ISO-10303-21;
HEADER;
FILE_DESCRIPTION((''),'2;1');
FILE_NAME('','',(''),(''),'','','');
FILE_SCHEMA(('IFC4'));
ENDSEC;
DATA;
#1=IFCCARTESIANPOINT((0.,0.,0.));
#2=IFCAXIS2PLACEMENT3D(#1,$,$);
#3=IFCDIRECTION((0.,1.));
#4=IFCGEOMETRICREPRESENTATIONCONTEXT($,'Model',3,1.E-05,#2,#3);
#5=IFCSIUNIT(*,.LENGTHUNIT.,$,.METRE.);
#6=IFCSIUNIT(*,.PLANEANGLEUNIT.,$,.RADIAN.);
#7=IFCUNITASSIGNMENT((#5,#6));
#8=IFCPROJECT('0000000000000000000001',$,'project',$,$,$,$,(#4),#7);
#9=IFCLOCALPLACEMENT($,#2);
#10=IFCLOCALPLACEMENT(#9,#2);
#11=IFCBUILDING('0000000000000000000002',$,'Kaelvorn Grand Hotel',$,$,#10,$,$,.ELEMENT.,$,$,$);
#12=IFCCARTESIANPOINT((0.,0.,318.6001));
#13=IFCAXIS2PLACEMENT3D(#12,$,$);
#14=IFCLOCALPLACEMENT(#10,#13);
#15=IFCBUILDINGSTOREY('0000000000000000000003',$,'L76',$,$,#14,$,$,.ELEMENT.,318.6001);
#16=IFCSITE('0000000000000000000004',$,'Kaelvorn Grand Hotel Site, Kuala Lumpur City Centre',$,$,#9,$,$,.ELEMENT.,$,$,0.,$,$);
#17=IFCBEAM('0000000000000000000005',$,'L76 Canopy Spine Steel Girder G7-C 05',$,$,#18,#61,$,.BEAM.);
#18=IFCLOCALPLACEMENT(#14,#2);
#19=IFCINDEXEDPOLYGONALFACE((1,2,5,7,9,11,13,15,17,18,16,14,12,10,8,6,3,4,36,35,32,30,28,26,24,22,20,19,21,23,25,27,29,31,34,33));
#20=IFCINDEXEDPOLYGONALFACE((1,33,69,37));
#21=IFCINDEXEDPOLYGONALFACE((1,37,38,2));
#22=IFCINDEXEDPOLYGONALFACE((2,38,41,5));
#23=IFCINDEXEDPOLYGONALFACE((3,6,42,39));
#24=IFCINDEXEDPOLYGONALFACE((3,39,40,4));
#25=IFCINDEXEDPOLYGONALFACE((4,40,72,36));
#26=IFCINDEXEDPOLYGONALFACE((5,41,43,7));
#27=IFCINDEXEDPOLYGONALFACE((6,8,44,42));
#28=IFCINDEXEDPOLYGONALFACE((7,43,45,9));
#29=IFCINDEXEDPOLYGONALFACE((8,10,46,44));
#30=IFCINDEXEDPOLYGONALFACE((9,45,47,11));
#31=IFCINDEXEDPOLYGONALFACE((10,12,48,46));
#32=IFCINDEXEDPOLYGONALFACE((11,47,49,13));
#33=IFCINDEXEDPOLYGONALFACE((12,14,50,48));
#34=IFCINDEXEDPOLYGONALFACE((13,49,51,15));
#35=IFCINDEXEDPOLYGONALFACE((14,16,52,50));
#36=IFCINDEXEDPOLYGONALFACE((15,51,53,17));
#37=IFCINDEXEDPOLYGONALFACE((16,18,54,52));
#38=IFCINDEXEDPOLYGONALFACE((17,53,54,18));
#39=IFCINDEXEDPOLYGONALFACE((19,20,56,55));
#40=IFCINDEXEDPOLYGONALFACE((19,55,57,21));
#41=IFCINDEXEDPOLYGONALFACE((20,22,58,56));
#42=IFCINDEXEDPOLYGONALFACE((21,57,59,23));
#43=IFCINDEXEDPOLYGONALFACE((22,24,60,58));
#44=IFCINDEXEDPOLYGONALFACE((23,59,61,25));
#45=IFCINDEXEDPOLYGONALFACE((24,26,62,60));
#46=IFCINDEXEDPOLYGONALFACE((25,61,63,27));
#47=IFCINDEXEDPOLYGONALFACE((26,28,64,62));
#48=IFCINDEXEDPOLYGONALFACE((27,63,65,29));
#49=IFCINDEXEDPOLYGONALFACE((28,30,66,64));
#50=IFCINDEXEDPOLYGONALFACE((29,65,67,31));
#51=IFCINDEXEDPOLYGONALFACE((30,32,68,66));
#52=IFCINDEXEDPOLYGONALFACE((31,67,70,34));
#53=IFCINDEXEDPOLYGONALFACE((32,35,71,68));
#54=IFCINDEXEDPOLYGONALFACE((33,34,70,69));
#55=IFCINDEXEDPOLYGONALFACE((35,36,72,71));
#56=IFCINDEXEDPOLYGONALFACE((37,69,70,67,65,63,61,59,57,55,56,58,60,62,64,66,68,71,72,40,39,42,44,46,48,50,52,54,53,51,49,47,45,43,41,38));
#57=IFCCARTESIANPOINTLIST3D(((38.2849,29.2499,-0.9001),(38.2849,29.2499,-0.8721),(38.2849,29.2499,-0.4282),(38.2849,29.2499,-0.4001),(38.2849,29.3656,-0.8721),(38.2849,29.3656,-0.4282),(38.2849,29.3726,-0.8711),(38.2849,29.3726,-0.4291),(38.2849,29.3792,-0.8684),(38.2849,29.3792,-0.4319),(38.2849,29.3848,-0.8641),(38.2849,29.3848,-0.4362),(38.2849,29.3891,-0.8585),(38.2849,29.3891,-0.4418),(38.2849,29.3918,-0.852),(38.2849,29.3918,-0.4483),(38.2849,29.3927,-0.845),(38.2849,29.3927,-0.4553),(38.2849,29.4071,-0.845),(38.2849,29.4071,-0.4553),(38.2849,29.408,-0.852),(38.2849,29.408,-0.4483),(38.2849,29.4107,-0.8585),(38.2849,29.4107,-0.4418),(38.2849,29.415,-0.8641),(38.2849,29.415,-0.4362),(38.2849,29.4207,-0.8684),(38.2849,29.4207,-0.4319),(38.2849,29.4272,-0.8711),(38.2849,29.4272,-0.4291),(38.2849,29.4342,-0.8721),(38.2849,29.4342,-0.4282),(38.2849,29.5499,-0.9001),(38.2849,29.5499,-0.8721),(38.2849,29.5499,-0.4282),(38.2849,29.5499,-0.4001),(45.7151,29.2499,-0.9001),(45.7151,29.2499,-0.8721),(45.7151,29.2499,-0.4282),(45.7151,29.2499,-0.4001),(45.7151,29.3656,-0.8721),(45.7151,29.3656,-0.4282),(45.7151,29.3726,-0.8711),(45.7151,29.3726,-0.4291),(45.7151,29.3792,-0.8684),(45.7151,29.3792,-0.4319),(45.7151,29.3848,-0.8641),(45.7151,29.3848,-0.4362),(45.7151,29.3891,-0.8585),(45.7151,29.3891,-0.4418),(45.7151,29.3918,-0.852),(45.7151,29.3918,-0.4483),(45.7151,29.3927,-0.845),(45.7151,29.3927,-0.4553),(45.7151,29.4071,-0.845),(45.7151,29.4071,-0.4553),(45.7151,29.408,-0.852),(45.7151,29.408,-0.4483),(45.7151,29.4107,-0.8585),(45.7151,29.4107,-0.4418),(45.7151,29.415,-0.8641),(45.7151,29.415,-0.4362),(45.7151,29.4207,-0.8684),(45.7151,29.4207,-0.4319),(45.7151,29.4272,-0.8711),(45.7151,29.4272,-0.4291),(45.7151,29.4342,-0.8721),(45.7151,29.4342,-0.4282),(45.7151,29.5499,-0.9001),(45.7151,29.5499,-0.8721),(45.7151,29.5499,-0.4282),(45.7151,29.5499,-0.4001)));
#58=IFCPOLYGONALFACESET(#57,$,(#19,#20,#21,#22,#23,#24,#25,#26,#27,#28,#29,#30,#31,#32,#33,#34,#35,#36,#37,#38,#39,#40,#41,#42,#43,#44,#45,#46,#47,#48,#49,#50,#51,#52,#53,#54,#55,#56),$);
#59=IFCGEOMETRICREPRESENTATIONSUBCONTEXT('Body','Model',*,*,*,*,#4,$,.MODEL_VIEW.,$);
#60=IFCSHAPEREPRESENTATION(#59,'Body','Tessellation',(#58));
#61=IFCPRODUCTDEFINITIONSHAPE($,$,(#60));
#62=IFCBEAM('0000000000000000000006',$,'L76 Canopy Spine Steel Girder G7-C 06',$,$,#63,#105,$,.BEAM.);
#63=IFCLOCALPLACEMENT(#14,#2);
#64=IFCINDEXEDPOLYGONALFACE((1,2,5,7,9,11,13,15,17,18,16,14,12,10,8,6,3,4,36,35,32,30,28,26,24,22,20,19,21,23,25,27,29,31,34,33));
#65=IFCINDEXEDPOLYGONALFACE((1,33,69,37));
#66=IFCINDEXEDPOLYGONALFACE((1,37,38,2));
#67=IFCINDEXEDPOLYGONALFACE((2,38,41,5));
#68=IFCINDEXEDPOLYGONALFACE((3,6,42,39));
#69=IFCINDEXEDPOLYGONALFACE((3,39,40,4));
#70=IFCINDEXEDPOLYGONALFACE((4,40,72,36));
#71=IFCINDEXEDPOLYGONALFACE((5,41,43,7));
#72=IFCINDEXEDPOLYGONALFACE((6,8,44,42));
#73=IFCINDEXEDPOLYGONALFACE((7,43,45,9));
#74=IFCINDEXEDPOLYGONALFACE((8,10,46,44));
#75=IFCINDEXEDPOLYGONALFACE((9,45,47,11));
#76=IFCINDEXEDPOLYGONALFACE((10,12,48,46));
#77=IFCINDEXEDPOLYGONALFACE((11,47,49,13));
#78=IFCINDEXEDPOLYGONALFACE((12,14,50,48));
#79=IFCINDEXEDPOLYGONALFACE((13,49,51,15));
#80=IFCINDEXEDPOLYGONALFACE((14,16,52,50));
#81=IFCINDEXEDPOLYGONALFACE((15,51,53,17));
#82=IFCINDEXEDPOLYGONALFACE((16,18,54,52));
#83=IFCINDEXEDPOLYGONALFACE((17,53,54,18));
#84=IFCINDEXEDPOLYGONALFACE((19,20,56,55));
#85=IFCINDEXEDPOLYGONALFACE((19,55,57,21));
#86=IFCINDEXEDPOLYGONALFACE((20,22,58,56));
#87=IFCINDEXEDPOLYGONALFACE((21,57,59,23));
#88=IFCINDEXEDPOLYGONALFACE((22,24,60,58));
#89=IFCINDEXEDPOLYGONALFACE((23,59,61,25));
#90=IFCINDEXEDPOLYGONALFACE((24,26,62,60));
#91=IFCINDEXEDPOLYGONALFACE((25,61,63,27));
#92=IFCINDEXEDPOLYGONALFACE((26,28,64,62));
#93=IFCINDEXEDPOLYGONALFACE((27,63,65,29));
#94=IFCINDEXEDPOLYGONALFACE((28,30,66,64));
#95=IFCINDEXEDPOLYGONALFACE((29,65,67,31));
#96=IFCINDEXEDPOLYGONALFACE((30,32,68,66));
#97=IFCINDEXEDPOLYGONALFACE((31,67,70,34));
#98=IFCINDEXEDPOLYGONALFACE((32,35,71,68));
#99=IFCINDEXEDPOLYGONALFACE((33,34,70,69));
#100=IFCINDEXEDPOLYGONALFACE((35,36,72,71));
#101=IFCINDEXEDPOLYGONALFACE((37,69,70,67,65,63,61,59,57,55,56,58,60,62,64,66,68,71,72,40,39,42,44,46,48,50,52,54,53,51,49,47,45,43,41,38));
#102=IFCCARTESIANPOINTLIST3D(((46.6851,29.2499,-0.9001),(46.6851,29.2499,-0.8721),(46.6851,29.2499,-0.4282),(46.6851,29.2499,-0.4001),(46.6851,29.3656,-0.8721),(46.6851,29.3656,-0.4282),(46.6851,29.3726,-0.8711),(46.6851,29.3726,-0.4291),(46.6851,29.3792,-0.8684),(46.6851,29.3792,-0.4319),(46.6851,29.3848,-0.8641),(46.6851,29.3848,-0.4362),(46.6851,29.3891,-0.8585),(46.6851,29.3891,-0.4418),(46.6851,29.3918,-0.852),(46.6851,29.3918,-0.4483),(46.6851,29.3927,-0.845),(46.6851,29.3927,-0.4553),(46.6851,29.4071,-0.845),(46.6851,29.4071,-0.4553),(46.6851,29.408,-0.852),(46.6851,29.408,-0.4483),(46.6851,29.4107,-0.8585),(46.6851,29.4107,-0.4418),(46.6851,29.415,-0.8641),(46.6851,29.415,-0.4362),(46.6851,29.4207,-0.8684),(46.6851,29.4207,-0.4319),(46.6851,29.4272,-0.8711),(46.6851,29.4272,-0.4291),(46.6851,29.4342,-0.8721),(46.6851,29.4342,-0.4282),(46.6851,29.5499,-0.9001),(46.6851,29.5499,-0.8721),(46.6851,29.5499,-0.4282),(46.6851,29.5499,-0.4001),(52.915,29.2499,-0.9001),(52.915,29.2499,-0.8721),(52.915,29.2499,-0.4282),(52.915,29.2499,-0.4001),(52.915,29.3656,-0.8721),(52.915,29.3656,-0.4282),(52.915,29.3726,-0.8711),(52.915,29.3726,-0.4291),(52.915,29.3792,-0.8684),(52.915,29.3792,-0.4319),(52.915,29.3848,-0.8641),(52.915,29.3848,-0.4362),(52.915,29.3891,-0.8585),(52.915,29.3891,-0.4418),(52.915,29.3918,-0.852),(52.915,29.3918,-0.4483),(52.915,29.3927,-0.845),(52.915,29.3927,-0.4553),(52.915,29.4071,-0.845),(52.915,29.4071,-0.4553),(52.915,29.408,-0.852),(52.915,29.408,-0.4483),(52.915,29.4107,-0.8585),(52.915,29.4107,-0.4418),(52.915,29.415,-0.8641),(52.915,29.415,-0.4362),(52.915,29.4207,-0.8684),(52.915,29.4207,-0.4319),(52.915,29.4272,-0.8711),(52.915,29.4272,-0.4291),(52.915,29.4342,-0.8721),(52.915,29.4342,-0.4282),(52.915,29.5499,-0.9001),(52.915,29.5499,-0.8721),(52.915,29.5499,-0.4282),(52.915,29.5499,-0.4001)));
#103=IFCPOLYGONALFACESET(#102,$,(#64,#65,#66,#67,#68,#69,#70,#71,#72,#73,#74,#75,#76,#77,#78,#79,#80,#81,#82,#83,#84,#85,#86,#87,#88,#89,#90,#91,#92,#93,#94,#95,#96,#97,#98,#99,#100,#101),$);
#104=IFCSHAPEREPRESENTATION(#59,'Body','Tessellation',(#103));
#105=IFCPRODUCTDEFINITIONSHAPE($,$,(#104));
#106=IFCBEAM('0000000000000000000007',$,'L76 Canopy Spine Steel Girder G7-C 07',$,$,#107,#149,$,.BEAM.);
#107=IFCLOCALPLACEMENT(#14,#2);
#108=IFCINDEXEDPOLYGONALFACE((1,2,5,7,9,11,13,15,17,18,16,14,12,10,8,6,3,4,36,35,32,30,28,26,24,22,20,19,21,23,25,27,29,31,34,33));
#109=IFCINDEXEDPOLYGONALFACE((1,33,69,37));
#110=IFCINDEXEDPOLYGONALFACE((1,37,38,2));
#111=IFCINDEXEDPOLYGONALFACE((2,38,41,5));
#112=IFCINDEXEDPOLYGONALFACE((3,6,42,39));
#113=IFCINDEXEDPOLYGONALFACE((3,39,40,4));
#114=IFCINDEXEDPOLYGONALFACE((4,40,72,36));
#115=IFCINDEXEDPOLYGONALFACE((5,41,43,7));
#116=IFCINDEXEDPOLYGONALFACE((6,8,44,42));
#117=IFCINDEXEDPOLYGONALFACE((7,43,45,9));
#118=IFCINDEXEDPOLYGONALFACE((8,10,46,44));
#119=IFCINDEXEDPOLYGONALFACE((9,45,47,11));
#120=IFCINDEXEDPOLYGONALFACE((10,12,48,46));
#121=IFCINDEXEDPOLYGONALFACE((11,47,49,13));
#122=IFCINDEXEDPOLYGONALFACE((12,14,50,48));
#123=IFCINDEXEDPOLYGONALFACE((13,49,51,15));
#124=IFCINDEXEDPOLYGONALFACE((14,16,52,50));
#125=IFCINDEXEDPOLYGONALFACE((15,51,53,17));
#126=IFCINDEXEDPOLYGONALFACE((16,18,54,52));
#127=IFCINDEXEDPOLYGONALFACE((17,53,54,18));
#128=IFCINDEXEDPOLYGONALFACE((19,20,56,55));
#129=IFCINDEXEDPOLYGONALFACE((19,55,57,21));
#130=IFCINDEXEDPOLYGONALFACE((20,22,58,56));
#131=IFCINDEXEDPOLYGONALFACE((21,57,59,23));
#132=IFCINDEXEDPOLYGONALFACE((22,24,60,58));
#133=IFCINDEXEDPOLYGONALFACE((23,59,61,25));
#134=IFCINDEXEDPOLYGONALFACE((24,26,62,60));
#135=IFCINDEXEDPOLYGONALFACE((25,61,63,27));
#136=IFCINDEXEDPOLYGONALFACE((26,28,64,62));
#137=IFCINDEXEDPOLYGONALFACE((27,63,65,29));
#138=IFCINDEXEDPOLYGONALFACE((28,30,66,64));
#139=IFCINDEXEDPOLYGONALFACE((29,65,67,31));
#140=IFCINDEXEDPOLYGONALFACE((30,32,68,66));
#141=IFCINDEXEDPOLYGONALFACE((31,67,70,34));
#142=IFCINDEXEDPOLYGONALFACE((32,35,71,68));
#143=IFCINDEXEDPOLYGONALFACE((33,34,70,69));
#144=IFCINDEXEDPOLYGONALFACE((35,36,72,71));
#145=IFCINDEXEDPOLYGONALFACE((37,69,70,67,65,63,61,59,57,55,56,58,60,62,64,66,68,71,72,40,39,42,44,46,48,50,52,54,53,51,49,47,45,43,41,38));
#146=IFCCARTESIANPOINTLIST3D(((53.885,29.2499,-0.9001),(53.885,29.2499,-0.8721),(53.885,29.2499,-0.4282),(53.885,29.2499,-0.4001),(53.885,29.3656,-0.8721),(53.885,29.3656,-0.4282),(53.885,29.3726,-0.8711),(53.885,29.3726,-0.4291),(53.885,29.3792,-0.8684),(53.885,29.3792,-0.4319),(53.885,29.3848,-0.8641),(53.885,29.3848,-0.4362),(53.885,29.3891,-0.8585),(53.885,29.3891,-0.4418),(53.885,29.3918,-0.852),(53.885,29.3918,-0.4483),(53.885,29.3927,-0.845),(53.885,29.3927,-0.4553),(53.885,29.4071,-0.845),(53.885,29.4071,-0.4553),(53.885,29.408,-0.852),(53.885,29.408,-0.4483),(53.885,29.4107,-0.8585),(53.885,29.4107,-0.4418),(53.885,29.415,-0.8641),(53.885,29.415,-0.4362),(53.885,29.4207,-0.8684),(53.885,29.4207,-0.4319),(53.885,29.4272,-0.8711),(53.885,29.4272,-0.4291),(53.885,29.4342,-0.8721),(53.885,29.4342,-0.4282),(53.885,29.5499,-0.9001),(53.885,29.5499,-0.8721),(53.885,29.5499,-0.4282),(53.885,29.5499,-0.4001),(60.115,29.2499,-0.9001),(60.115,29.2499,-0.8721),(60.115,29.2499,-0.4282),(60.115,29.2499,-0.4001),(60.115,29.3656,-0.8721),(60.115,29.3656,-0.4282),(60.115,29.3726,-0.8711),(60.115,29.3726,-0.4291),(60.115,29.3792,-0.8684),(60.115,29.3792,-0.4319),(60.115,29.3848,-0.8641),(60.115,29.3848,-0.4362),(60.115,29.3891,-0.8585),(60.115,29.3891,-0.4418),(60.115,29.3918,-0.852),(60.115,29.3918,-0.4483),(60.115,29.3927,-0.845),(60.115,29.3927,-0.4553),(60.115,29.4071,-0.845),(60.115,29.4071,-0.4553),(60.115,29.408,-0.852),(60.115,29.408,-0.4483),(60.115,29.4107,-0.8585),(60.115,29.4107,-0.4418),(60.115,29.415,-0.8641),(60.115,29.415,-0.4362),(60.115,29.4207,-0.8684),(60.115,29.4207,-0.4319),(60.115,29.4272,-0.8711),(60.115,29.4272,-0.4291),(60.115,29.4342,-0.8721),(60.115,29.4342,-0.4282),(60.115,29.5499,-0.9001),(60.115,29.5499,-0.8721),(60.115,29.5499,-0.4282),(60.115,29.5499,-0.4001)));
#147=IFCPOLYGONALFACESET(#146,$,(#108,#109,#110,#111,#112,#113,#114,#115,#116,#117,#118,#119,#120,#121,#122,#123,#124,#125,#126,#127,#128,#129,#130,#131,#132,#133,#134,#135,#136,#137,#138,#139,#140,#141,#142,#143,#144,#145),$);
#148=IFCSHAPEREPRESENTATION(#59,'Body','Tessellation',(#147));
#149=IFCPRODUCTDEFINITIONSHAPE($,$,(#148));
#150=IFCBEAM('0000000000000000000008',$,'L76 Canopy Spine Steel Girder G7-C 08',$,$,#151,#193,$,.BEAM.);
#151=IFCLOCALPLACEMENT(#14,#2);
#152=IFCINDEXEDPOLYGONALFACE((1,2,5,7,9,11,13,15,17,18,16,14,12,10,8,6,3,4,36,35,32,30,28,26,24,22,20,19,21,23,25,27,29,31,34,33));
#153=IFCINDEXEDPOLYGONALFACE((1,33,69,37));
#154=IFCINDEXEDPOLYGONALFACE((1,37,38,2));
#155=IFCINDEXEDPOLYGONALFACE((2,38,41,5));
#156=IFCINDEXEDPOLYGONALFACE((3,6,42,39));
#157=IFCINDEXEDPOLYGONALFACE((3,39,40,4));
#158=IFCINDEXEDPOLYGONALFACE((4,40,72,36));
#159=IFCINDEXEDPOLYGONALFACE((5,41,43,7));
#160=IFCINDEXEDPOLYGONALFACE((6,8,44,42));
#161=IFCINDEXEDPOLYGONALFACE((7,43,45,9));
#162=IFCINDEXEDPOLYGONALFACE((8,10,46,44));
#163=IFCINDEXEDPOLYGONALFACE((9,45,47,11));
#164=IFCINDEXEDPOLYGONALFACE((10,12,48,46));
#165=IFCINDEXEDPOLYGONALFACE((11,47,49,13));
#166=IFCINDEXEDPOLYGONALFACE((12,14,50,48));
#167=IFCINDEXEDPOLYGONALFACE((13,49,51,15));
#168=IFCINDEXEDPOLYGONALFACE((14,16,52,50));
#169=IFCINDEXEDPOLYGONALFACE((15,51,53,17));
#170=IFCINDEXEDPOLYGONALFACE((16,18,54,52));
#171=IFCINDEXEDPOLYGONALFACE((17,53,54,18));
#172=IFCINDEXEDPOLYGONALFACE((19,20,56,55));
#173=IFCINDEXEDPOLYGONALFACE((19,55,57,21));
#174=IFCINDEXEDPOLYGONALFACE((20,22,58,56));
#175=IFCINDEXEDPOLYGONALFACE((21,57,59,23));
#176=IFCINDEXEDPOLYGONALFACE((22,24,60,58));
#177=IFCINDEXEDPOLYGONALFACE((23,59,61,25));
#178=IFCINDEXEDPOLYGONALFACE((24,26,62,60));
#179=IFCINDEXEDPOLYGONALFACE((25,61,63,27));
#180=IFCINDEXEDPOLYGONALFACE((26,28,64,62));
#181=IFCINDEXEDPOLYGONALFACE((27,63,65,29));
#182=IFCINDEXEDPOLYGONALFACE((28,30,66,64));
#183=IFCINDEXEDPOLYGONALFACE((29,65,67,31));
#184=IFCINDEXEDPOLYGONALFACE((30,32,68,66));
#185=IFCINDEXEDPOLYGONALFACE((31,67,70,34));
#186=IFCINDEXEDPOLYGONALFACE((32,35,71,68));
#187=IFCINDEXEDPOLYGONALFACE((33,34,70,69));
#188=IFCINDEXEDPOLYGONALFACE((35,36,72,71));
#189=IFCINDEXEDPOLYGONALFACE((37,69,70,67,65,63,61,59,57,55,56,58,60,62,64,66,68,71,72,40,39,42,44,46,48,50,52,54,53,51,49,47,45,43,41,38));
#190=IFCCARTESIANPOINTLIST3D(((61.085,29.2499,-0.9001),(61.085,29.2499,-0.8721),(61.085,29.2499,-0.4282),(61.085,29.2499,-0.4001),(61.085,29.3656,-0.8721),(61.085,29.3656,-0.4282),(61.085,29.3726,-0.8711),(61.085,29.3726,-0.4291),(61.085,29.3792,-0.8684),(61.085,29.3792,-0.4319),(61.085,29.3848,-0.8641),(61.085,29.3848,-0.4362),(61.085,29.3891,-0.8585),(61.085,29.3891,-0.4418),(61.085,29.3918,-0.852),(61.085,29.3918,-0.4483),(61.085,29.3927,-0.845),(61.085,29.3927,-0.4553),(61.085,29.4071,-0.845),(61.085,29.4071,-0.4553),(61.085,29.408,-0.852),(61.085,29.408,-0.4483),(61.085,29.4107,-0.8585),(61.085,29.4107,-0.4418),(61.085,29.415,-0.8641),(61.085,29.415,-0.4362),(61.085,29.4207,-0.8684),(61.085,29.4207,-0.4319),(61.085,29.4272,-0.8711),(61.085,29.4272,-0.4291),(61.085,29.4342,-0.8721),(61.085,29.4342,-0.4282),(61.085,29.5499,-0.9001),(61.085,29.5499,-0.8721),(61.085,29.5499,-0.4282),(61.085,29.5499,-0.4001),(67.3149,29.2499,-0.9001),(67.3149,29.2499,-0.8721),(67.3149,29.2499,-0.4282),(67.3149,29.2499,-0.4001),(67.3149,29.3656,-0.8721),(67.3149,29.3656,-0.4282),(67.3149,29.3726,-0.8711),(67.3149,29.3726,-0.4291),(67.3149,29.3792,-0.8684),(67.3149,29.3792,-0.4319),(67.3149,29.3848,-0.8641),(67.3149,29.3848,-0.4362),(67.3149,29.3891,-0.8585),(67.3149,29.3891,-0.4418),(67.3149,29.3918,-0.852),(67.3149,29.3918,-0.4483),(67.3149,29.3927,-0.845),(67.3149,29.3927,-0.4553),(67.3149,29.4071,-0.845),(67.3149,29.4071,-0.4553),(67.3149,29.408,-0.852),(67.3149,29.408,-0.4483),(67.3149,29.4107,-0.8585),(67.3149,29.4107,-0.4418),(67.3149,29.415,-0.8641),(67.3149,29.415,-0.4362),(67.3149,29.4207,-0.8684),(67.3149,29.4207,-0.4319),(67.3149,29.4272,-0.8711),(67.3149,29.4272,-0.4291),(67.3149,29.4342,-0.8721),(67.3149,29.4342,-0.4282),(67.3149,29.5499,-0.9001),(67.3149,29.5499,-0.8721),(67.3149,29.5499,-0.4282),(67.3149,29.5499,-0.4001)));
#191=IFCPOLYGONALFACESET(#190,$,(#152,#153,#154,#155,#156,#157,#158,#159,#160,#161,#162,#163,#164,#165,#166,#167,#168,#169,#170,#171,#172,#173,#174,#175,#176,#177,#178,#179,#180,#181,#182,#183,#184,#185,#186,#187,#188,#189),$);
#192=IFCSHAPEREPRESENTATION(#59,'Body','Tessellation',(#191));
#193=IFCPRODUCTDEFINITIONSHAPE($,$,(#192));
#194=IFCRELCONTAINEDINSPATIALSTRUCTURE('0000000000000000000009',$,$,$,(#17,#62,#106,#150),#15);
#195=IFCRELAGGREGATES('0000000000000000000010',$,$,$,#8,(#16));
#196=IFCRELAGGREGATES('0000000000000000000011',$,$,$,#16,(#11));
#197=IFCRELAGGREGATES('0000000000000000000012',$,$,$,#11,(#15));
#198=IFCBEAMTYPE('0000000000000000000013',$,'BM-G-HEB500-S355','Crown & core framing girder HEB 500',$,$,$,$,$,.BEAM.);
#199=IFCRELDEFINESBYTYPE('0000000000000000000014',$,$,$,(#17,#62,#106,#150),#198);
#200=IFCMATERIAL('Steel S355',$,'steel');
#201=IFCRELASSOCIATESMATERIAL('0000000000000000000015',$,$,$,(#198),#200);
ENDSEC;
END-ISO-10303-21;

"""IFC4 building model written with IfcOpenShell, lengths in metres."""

from ifc_helpers import new_model, si_unit, direction, frame, origin, origin_2d, place, context, subcontext, project, spatial, i_section, extrude, material, material_profile, profile_set, type_object, element, save


model = new_model("IFC4")

# Units and contexts
model_context = context("Model", 3, precision=1e-05, world=origin(), true_north=direction((0.0, 1.0)))
body_context = subcontext(model_context, "Body", "Model", "MODEL_VIEW")
ifc_project = project(units=[si_unit("LENGTHUNIT", "METRE"), si_unit("PLANEANGLEUNIT", "RADIAN")], contexts=[model_context])

# Site, building, storey
site_placement = place(None, origin())
site = spatial("IfcSite", under=ifc_project, at=site_placement, Name="Kaelvorn Grand Hotel Site, Kuala Lumpur City Centre", CompositionType="ELEMENT", RefElevation=0.0)
building_placement = place(site_placement, origin())
building = spatial("IfcBuilding", under=site, at=building_placement, Name="Kaelvorn Grand Hotel", CompositionType="ELEMENT")
storey_placement = place(building_placement, frame((0.0, 0.0, 318.6001)))
storey = spatial("IfcBuildingStorey", under=building, at=storey_placement, Name="L76", CompositionType="ELEMENT", Elevation=318.6001)

# Beams
ifc_material_1 = material(Name="Steel S355", Category="steel")
ifc_material_profile_1 = material_profile(ifc_material_1, i_section(OverallWidth=0.3, OverallDepth=0.5, WebThickness=0.0144, FlangeThickness=0.0281, FilletRadius=0.0271, at=origin_2d()), Name="HEB 500")
ifc_profile_set_1 = profile_set([ifc_material_profile_1], Name="Steel S355")
beam_type = type_object("IfcBeamType", Name="BM-G-HEB500-S355", Description="Crown & core framing girder HEB 500", PredefinedType="BEAM", material=ifc_profile_set_1)
beam_1_placement = place(storey_placement, frame((38.2849, 29.3999, -0.6501), z_axis=(1.0, 0.0, 0.0), x_axis=(0.0, 1.0, 0.0)))
element("IfcBeam", 1, at=beam_1_placement, inside=storey, type_object=beam_type, Name="L76 Canopy Spine Steel Girder G7-C 05", PredefinedType="BEAM", context=body_context, shape_type="SweptSolid", body=[
    extrude(i_section(OverallWidth=0.3, OverallDepth=0.5, WebThickness=0.0144, FlangeThickness=0.0281, FilletRadius=0.0271, at=origin_2d()), origin(), (0.0, 0.0, 1.0), 7.4302),
])
for number, where, z_axis, x_axis, name in (
    (2, (46.6851, 29.3999, -0.6501), (1.0, 0.0, 0.0), (0.0, 1.0, 0.0), "L76 Canopy Spine Steel Girder G7-C 06"),
    (3, (53.885, 29.3999, -0.6501), (1.0, 0.0, 0.0), (0.0, 1.0, 0.0), "L76 Canopy Spine Steel Girder G7-C 07"),
    (4, (61.085, 29.3999, -0.6501), (1.0, 0.0, 0.0), (0.0, 1.0, 0.0), "L76 Canopy Spine Steel Girder G7-C 08"),
):
    element("IfcBeam", number, at=place(storey_placement, frame(where, z_axis=z_axis, x_axis=x_axis)), inside=storey, type_object=beam_type, Name=name, PredefinedType="BEAM", context=body_context, shape_type="SweptSolid", body=[
        extrude(i_section(OverallWidth=0.3, OverallDepth=0.5, WebThickness=0.0144, FlangeThickness=0.0281, FilletRadius=0.0271, at=origin_2d()), origin(), (0.0, 0.0, 1.0), 6.23),
    ])

save(model, "model.ifc")
